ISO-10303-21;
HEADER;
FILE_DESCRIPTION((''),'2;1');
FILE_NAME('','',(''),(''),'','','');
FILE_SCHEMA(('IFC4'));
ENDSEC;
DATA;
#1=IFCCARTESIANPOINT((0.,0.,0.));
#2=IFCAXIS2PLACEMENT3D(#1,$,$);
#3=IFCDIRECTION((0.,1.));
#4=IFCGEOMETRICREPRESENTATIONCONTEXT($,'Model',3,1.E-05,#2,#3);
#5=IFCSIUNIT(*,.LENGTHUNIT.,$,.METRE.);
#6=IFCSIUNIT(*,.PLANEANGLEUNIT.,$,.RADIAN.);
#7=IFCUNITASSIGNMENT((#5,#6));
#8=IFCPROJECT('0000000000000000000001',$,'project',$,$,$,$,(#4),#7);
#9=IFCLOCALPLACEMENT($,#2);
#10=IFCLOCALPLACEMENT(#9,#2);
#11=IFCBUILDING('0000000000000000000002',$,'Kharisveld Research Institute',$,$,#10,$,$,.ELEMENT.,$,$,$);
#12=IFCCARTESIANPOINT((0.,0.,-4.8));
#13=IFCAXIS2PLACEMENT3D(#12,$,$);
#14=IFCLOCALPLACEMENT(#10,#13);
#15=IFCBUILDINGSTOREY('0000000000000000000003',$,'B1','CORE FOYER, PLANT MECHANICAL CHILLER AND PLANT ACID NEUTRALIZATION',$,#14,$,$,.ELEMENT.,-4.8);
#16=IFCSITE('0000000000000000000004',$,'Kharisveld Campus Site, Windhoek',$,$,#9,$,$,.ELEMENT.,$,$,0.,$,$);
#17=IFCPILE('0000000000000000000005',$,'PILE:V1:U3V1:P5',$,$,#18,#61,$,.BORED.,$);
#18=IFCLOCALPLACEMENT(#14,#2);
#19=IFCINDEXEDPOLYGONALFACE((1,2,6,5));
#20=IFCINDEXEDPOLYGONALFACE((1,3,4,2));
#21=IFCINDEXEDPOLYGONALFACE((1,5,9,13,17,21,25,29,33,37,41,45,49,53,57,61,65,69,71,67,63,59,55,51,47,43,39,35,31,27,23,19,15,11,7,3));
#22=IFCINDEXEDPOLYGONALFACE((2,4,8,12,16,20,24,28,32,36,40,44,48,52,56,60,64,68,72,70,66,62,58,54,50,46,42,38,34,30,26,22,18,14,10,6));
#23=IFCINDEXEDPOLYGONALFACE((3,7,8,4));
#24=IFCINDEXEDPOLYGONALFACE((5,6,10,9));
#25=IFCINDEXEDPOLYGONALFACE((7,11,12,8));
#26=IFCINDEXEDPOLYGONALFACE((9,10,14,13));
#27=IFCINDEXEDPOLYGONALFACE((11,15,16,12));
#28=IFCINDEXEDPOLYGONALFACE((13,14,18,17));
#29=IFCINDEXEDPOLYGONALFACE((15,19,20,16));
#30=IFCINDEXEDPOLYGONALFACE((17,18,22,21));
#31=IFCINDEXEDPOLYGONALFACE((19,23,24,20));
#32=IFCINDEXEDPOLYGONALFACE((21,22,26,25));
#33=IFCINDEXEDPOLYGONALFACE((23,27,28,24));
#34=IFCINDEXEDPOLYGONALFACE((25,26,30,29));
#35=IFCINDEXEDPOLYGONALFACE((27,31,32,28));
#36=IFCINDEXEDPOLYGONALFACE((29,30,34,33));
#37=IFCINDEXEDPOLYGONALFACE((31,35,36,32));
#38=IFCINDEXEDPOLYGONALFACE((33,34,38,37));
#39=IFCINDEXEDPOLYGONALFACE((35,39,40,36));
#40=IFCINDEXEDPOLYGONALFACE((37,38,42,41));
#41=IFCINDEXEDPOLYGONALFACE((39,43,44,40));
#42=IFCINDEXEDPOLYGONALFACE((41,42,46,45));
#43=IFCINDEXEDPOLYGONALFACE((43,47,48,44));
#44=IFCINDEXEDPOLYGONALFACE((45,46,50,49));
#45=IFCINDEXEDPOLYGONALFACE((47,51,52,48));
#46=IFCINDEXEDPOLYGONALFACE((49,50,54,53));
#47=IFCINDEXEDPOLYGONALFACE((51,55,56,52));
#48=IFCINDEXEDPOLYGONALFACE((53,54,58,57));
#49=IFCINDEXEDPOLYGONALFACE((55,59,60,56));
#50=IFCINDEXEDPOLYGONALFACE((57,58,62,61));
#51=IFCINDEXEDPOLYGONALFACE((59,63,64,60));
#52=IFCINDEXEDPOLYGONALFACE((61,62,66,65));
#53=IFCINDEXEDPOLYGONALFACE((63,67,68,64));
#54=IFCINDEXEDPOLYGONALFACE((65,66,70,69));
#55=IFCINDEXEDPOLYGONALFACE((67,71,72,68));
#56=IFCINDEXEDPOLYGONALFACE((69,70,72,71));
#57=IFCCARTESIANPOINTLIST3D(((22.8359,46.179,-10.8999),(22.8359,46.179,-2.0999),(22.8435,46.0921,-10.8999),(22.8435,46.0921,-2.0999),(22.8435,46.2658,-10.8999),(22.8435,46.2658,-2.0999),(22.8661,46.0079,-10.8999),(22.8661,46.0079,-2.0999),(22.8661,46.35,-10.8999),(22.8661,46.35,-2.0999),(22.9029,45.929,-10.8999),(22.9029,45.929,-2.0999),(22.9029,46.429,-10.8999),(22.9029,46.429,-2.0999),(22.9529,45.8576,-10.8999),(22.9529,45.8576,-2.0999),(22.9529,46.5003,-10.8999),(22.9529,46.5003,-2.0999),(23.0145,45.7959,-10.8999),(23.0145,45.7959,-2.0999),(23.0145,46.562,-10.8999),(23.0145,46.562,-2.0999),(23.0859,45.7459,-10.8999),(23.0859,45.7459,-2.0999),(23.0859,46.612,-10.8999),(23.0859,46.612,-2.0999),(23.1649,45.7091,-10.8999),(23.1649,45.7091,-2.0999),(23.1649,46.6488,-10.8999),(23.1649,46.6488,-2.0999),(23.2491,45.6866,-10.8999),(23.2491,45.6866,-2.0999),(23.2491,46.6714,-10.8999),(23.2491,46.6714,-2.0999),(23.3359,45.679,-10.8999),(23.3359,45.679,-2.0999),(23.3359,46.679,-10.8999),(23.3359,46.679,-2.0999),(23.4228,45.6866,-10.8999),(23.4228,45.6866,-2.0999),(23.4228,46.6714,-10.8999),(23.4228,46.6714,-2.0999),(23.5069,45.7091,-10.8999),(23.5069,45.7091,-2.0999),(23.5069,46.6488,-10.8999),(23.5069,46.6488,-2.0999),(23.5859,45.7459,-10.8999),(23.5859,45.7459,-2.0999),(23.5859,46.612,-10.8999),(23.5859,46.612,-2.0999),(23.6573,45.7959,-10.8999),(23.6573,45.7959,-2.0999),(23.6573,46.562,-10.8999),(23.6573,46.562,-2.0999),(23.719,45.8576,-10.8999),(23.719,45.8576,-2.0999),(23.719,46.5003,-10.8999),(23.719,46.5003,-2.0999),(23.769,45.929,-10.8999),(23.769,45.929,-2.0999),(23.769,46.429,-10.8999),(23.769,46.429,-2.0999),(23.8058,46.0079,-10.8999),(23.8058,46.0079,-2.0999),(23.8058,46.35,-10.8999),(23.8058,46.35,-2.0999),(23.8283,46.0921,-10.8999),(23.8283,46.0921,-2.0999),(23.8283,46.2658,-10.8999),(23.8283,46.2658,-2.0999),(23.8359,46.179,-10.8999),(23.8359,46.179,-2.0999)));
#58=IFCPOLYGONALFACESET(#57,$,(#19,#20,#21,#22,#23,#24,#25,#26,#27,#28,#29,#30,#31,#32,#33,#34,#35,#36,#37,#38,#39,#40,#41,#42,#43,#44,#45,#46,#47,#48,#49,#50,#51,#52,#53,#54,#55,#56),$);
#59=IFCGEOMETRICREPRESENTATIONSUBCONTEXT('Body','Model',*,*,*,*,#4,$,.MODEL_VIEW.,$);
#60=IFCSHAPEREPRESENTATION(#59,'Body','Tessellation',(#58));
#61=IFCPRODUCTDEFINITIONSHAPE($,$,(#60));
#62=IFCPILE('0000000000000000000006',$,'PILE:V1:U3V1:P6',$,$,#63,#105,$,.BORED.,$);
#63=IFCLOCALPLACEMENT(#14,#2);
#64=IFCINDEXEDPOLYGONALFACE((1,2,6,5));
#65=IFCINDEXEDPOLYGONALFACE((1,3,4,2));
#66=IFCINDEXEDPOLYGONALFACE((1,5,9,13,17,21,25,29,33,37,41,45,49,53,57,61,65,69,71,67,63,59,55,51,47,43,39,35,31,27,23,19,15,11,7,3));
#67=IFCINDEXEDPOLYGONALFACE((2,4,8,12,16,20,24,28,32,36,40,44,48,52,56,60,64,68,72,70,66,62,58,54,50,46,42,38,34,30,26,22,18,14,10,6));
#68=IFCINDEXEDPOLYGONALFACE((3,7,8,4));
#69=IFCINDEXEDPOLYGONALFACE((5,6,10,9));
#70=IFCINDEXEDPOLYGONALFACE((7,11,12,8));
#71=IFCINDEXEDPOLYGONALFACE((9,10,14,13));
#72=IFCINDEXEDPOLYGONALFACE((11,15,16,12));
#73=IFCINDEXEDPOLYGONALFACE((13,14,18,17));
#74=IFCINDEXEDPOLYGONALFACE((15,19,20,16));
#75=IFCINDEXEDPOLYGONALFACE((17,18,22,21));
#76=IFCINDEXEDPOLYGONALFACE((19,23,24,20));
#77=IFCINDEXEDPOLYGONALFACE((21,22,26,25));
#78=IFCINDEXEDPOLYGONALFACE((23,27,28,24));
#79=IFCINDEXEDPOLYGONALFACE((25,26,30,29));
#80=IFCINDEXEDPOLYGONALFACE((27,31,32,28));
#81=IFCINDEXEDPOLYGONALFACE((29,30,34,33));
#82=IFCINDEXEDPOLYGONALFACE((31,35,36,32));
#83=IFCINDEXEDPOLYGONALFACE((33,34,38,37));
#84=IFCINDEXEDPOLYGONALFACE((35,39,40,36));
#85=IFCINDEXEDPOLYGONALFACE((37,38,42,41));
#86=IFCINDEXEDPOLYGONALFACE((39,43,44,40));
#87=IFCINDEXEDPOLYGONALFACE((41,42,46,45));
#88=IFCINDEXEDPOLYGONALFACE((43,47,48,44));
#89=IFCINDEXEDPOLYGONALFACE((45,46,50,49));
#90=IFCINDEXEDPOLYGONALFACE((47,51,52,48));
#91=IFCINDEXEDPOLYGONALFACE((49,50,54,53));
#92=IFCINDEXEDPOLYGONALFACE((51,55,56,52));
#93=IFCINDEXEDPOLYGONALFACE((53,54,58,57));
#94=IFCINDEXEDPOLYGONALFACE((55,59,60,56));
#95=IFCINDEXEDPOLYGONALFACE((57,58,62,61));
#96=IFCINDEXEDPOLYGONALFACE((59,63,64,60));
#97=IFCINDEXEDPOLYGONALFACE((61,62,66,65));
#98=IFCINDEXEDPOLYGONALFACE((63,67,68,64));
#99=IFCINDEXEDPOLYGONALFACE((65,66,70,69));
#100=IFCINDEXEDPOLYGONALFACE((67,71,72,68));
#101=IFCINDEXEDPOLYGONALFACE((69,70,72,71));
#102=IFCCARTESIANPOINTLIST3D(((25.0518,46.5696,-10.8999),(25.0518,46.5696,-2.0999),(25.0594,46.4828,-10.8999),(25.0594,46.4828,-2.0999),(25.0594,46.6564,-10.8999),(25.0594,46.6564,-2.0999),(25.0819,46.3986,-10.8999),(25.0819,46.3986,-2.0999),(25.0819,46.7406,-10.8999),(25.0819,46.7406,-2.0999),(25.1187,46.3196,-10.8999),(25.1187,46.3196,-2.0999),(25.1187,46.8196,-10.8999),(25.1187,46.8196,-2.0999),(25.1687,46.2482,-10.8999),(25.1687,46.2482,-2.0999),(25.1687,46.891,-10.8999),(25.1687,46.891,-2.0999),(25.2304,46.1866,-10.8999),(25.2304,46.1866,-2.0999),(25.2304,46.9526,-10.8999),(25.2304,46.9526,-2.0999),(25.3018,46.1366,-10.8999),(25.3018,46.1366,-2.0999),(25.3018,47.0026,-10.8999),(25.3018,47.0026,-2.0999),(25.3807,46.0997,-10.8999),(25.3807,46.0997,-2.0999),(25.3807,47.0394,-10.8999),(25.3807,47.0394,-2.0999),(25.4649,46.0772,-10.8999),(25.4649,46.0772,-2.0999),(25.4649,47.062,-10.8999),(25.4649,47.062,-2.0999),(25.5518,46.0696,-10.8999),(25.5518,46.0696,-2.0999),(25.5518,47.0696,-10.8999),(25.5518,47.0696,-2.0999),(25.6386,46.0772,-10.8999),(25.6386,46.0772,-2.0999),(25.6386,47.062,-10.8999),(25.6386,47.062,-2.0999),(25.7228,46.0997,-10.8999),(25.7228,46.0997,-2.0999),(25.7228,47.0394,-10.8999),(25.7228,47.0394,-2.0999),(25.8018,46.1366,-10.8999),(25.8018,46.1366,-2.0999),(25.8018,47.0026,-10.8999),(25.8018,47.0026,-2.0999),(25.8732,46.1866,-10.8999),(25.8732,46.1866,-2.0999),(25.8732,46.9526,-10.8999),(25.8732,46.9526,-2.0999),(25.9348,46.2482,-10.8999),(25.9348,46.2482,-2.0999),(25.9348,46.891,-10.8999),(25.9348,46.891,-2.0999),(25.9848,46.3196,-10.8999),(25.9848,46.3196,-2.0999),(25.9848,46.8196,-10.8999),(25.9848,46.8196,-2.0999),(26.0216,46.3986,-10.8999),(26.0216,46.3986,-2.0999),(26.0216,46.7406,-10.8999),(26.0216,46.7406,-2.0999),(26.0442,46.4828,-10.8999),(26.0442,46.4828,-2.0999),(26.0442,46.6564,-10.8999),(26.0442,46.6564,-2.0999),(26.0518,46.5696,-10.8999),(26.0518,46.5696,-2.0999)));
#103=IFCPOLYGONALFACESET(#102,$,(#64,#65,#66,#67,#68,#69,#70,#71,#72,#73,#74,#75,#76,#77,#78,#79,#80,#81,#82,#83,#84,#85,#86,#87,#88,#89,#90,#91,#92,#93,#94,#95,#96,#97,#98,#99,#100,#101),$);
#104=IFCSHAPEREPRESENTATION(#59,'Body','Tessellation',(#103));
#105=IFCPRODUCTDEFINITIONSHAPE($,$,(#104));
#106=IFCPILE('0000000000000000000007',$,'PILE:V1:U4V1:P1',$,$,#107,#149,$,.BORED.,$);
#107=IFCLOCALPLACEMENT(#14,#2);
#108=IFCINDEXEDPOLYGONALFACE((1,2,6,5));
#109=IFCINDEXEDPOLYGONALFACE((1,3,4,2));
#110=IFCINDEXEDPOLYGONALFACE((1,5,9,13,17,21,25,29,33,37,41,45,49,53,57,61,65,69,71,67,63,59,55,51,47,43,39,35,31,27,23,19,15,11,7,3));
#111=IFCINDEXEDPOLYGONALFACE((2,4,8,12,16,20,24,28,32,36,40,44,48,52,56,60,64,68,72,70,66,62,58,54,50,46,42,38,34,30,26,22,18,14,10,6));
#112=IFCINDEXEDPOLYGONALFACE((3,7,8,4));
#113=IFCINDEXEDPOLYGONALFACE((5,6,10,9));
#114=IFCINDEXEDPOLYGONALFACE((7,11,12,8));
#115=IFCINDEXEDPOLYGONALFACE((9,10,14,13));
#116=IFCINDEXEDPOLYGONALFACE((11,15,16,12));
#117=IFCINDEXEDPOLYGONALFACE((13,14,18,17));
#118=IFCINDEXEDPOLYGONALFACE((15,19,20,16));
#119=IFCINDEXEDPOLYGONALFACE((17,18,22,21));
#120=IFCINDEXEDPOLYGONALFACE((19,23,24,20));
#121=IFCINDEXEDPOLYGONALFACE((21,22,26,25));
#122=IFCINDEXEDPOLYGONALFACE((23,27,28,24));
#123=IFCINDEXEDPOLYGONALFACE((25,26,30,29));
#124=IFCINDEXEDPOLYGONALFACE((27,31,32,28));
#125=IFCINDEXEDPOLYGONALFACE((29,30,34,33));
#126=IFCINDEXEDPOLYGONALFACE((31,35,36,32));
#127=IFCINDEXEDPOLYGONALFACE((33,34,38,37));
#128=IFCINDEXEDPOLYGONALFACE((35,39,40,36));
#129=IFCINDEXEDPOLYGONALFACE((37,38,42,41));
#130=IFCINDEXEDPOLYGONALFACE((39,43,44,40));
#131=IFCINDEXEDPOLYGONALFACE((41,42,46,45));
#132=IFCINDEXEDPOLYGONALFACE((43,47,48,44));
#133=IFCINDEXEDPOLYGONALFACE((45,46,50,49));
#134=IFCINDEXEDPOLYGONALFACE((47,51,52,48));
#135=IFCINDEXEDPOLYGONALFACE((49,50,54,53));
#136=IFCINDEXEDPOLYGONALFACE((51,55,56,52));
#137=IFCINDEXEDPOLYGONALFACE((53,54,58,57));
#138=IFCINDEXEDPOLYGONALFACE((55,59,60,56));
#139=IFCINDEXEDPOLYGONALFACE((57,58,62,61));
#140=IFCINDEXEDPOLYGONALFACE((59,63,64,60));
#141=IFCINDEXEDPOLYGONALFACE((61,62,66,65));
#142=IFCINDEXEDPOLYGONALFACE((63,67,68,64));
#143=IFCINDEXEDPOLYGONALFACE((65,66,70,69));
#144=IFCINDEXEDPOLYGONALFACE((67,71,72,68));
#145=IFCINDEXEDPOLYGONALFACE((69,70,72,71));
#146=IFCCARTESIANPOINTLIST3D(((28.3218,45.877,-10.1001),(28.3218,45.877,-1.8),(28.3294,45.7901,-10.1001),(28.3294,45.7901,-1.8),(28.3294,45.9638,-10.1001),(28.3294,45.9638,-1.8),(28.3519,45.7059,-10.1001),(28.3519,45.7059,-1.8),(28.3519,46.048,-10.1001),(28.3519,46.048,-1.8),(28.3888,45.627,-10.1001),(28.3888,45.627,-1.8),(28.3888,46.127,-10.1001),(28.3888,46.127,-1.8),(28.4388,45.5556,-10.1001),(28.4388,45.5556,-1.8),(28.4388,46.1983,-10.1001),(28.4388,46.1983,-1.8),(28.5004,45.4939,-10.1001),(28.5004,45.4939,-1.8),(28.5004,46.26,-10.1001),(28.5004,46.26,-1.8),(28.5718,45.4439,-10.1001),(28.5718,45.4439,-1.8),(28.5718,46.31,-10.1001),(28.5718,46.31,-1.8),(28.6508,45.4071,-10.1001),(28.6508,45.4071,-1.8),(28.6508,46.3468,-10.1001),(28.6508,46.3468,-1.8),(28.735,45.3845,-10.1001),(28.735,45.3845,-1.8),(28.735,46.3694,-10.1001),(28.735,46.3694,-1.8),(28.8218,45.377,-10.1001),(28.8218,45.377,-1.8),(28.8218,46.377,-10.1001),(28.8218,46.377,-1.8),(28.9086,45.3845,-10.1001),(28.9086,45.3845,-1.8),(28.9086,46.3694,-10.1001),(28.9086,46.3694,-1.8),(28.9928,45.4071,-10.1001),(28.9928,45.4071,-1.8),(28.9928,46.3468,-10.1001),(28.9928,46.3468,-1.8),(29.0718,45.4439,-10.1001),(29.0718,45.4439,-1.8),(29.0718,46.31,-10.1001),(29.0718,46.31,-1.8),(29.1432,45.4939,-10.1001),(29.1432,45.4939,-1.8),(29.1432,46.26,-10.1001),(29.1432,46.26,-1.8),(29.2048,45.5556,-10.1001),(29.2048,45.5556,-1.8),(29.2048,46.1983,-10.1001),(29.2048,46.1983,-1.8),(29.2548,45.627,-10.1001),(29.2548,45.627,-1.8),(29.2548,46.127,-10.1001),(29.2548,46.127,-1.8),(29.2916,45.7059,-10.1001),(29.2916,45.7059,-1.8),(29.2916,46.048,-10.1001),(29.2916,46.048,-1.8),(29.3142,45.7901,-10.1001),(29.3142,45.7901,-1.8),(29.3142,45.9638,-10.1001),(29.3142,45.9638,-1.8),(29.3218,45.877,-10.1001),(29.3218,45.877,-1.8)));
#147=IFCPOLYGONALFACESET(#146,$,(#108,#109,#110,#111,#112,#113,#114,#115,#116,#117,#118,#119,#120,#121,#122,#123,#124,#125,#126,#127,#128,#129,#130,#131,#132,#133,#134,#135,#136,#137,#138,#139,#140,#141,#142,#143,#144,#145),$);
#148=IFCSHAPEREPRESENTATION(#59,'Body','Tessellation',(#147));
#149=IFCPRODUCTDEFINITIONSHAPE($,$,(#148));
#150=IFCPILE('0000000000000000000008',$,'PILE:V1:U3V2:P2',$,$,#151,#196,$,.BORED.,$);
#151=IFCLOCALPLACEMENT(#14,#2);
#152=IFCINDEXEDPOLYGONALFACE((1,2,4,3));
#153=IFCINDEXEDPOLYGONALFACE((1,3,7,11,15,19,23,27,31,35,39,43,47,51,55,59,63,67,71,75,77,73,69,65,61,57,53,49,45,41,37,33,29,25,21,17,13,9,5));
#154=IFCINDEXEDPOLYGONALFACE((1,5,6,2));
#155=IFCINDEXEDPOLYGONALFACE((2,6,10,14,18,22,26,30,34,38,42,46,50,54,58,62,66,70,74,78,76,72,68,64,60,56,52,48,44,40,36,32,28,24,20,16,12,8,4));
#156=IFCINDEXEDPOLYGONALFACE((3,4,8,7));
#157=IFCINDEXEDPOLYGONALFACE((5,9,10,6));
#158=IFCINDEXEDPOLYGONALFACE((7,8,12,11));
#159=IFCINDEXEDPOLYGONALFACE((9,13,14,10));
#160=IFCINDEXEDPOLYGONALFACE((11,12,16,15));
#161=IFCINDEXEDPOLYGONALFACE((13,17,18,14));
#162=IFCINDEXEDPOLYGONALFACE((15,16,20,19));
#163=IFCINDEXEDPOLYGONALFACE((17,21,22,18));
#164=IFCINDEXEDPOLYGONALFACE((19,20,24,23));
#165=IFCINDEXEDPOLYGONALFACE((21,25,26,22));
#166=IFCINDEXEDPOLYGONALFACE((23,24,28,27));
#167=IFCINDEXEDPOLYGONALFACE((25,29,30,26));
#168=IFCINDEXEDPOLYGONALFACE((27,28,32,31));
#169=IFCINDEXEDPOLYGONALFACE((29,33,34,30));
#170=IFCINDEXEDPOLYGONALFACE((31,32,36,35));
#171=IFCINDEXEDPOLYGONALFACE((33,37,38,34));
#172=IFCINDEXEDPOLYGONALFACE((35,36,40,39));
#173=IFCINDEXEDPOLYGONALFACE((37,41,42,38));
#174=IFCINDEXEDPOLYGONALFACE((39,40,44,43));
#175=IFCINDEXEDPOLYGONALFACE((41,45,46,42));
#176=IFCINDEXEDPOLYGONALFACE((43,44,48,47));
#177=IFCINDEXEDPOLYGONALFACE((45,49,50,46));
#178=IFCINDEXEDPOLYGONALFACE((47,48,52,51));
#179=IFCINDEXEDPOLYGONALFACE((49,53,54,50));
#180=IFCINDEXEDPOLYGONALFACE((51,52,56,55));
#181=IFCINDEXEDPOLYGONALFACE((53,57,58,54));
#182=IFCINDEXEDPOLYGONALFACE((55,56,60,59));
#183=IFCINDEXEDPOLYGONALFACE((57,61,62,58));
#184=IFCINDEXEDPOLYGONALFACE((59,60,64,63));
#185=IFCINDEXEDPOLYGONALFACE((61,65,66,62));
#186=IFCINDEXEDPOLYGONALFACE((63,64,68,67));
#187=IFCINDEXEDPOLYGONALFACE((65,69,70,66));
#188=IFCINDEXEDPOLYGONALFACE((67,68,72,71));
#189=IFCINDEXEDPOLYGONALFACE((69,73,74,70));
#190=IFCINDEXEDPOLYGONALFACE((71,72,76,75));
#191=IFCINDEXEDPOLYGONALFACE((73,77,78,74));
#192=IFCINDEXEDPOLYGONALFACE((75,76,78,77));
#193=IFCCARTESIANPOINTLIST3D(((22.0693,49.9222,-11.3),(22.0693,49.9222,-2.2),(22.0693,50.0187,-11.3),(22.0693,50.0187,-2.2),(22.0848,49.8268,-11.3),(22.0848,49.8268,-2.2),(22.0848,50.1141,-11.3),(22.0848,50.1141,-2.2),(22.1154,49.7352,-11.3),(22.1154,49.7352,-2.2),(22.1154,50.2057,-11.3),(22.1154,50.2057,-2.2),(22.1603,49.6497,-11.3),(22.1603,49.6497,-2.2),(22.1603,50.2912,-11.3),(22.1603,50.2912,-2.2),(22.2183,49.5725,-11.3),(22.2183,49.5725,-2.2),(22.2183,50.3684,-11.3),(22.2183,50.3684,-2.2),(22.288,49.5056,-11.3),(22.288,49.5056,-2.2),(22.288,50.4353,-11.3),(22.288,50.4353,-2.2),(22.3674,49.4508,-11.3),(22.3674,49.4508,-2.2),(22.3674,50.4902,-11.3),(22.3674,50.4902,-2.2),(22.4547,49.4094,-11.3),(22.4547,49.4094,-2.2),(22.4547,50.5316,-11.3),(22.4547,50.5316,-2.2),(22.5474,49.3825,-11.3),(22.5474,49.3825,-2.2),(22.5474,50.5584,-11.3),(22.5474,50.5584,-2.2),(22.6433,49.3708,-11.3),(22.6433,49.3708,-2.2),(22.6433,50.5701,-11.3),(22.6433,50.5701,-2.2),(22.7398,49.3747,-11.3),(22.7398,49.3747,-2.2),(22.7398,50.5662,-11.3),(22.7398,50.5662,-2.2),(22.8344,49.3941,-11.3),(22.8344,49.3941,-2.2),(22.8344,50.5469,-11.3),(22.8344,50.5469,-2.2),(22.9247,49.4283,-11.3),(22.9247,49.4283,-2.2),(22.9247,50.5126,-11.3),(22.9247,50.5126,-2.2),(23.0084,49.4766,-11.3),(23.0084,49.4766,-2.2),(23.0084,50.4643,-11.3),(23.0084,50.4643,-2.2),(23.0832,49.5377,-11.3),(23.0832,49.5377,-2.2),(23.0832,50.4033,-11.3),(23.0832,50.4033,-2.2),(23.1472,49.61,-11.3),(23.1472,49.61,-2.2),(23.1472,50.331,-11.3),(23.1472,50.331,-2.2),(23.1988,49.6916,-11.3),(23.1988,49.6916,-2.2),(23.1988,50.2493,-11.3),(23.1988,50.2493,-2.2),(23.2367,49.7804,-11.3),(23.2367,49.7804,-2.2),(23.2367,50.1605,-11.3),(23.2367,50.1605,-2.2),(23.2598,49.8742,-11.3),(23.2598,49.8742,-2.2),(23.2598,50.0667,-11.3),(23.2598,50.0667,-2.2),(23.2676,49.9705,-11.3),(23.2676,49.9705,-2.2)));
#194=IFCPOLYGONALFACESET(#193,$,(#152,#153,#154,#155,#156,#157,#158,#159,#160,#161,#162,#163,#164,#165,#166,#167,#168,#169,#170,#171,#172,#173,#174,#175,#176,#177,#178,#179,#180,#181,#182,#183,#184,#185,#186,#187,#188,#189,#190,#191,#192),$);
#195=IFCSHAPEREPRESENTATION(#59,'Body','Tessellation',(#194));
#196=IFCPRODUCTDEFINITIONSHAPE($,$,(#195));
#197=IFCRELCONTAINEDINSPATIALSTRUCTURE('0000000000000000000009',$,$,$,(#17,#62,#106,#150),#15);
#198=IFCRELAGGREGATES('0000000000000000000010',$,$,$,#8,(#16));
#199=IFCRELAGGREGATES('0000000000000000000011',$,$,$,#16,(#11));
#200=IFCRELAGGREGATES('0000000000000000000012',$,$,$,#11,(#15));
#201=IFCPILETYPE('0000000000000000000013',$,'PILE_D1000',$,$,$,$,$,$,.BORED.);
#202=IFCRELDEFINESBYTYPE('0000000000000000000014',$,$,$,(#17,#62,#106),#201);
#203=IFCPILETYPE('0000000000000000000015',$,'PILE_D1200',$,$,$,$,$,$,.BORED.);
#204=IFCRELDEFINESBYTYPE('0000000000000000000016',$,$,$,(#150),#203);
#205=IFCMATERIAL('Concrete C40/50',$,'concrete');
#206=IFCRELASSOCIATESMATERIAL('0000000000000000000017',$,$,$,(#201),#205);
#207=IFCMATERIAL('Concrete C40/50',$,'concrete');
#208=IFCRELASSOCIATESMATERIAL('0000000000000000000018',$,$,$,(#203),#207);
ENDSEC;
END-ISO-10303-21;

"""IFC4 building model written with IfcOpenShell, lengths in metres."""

from ifc_helpers import new_model, si_unit, direction, frame, origin, origin_2d, place, context, subcontext, project, spatial, circle, extrude, material, material_profile, profile_set, type_object, element, save


model = new_model("IFC4")

# Units and contexts
model_context = context("Model", 3, precision=1e-05, world=origin(), true_north=direction((0.0, 1.0)))
body_context = subcontext(model_context, "Body", "Model", "MODEL_VIEW")
ifc_project = project(units=[si_unit("LENGTHUNIT", "METRE"), si_unit("PLANEANGLEUNIT", "RADIAN")], contexts=[model_context])

# Site, building, storey
site_placement = place(None, origin())
site = spatial("IfcSite", under=ifc_project, at=site_placement, Name="Kharisveld Campus Site, Windhoek", CompositionType="ELEMENT", RefElevation=0.0)
building_placement = place(site_placement, origin())
building = spatial("IfcBuilding", under=site, at=building_placement, Name="Kharisveld Research Institute", CompositionType="ELEMENT")
storey_placement = place(building_placement, frame((0.0, 0.0, -4.8)))
storey = spatial("IfcBuildingStorey", under=building, at=storey_placement, Name="B1", Description="CORE FOYER, PLANT MECHANICAL CHILLER AND PLANT ACID NEUTRALIZATION", CompositionType="ELEMENT", Elevation=-4.8)

# Piles
ifc_material_1 = material(Name="Concrete C40/50", Category="concrete")
ifc_material_profile_1 = material_profile(ifc_material_1, circle(Radius=0.5, at=origin_2d()))
ifc_profile_set_1 = profile_set([ifc_material_profile_1], Name="Concrete C40/50")
pile_type_1 = type_object("IfcPileType", Name="PILE_D1000", PredefinedType="BORED", material=ifc_profile_set_1)
for number, where, z_axis, x_axis, name in (
    (1, (23.3359, 46.179, -2.0999), (0.0, 0.0, -1.0), (1.0, 0.0, 0.0), "PILE:V1:U3V1:P5"),
    (2, (25.5518, 46.5696, -2.0999), (0.0, 0.0, -1.0), (1.0, 0.0, 0.0), "PILE:V1:U3V1:P6"),
):
    element("IfcPile", number, at=place(storey_placement, frame(where, z_axis=z_axis, x_axis=x_axis)), inside=storey, type_object=pile_type_1, Name=name, PredefinedType="BORED", context=body_context, shape_type="SweptSolid", body=[
        extrude(circle(Radius=0.5, at=origin_2d()), origin(), (0.0, 0.0, 1.0), 8.8),
    ])
pile_1_placement = place(storey_placement, frame((28.8218, 45.877, -1.8), z_axis=(0.0, 0.0, -1.0), x_axis=(1.0, 0.0, 0.0)))
element("IfcPile", 3, at=pile_1_placement, inside=storey, type_object=pile_type_1, Name="PILE:V1:U4V1:P1", PredefinedType="BORED", context=body_context, shape_type="SweptSolid", body=[
    extrude(circle(Radius=0.5, at=origin_2d()), origin(), (0.0, 0.0, 1.0), 8.3),
])
ifc_material_2 = material(Name="Concrete C40/50", Category="concrete")
ifc_material_profile_2 = material_profile(ifc_material_2, circle(Radius=0.6001, at=origin_2d()))
ifc_profile_set_2 = profile_set([ifc_material_profile_2], Name="Concrete C40/50")
pile_type_2 = type_object("IfcPileType", Name="PILE_D1200", PredefinedType="BORED", material=ifc_profile_set_2)
pile_2_placement = place(storey_placement, frame((22.6675, 49.9705, -2.2), z_axis=(0.0, 0.0, -1.0), x_axis=(1.0, 0.0, 0.0)))
element("IfcPile", 4, at=pile_2_placement, inside=storey, type_object=pile_type_2, Name="PILE:V1:U3V2:P2", PredefinedType="BORED", context=body_context, shape_type="SweptSolid", body=[
    extrude(circle(Radius=0.6001, at=origin_2d()), origin(), (0.0, 0.0, 1.0), 9.1001),
])

save(model, "model.ifc")
